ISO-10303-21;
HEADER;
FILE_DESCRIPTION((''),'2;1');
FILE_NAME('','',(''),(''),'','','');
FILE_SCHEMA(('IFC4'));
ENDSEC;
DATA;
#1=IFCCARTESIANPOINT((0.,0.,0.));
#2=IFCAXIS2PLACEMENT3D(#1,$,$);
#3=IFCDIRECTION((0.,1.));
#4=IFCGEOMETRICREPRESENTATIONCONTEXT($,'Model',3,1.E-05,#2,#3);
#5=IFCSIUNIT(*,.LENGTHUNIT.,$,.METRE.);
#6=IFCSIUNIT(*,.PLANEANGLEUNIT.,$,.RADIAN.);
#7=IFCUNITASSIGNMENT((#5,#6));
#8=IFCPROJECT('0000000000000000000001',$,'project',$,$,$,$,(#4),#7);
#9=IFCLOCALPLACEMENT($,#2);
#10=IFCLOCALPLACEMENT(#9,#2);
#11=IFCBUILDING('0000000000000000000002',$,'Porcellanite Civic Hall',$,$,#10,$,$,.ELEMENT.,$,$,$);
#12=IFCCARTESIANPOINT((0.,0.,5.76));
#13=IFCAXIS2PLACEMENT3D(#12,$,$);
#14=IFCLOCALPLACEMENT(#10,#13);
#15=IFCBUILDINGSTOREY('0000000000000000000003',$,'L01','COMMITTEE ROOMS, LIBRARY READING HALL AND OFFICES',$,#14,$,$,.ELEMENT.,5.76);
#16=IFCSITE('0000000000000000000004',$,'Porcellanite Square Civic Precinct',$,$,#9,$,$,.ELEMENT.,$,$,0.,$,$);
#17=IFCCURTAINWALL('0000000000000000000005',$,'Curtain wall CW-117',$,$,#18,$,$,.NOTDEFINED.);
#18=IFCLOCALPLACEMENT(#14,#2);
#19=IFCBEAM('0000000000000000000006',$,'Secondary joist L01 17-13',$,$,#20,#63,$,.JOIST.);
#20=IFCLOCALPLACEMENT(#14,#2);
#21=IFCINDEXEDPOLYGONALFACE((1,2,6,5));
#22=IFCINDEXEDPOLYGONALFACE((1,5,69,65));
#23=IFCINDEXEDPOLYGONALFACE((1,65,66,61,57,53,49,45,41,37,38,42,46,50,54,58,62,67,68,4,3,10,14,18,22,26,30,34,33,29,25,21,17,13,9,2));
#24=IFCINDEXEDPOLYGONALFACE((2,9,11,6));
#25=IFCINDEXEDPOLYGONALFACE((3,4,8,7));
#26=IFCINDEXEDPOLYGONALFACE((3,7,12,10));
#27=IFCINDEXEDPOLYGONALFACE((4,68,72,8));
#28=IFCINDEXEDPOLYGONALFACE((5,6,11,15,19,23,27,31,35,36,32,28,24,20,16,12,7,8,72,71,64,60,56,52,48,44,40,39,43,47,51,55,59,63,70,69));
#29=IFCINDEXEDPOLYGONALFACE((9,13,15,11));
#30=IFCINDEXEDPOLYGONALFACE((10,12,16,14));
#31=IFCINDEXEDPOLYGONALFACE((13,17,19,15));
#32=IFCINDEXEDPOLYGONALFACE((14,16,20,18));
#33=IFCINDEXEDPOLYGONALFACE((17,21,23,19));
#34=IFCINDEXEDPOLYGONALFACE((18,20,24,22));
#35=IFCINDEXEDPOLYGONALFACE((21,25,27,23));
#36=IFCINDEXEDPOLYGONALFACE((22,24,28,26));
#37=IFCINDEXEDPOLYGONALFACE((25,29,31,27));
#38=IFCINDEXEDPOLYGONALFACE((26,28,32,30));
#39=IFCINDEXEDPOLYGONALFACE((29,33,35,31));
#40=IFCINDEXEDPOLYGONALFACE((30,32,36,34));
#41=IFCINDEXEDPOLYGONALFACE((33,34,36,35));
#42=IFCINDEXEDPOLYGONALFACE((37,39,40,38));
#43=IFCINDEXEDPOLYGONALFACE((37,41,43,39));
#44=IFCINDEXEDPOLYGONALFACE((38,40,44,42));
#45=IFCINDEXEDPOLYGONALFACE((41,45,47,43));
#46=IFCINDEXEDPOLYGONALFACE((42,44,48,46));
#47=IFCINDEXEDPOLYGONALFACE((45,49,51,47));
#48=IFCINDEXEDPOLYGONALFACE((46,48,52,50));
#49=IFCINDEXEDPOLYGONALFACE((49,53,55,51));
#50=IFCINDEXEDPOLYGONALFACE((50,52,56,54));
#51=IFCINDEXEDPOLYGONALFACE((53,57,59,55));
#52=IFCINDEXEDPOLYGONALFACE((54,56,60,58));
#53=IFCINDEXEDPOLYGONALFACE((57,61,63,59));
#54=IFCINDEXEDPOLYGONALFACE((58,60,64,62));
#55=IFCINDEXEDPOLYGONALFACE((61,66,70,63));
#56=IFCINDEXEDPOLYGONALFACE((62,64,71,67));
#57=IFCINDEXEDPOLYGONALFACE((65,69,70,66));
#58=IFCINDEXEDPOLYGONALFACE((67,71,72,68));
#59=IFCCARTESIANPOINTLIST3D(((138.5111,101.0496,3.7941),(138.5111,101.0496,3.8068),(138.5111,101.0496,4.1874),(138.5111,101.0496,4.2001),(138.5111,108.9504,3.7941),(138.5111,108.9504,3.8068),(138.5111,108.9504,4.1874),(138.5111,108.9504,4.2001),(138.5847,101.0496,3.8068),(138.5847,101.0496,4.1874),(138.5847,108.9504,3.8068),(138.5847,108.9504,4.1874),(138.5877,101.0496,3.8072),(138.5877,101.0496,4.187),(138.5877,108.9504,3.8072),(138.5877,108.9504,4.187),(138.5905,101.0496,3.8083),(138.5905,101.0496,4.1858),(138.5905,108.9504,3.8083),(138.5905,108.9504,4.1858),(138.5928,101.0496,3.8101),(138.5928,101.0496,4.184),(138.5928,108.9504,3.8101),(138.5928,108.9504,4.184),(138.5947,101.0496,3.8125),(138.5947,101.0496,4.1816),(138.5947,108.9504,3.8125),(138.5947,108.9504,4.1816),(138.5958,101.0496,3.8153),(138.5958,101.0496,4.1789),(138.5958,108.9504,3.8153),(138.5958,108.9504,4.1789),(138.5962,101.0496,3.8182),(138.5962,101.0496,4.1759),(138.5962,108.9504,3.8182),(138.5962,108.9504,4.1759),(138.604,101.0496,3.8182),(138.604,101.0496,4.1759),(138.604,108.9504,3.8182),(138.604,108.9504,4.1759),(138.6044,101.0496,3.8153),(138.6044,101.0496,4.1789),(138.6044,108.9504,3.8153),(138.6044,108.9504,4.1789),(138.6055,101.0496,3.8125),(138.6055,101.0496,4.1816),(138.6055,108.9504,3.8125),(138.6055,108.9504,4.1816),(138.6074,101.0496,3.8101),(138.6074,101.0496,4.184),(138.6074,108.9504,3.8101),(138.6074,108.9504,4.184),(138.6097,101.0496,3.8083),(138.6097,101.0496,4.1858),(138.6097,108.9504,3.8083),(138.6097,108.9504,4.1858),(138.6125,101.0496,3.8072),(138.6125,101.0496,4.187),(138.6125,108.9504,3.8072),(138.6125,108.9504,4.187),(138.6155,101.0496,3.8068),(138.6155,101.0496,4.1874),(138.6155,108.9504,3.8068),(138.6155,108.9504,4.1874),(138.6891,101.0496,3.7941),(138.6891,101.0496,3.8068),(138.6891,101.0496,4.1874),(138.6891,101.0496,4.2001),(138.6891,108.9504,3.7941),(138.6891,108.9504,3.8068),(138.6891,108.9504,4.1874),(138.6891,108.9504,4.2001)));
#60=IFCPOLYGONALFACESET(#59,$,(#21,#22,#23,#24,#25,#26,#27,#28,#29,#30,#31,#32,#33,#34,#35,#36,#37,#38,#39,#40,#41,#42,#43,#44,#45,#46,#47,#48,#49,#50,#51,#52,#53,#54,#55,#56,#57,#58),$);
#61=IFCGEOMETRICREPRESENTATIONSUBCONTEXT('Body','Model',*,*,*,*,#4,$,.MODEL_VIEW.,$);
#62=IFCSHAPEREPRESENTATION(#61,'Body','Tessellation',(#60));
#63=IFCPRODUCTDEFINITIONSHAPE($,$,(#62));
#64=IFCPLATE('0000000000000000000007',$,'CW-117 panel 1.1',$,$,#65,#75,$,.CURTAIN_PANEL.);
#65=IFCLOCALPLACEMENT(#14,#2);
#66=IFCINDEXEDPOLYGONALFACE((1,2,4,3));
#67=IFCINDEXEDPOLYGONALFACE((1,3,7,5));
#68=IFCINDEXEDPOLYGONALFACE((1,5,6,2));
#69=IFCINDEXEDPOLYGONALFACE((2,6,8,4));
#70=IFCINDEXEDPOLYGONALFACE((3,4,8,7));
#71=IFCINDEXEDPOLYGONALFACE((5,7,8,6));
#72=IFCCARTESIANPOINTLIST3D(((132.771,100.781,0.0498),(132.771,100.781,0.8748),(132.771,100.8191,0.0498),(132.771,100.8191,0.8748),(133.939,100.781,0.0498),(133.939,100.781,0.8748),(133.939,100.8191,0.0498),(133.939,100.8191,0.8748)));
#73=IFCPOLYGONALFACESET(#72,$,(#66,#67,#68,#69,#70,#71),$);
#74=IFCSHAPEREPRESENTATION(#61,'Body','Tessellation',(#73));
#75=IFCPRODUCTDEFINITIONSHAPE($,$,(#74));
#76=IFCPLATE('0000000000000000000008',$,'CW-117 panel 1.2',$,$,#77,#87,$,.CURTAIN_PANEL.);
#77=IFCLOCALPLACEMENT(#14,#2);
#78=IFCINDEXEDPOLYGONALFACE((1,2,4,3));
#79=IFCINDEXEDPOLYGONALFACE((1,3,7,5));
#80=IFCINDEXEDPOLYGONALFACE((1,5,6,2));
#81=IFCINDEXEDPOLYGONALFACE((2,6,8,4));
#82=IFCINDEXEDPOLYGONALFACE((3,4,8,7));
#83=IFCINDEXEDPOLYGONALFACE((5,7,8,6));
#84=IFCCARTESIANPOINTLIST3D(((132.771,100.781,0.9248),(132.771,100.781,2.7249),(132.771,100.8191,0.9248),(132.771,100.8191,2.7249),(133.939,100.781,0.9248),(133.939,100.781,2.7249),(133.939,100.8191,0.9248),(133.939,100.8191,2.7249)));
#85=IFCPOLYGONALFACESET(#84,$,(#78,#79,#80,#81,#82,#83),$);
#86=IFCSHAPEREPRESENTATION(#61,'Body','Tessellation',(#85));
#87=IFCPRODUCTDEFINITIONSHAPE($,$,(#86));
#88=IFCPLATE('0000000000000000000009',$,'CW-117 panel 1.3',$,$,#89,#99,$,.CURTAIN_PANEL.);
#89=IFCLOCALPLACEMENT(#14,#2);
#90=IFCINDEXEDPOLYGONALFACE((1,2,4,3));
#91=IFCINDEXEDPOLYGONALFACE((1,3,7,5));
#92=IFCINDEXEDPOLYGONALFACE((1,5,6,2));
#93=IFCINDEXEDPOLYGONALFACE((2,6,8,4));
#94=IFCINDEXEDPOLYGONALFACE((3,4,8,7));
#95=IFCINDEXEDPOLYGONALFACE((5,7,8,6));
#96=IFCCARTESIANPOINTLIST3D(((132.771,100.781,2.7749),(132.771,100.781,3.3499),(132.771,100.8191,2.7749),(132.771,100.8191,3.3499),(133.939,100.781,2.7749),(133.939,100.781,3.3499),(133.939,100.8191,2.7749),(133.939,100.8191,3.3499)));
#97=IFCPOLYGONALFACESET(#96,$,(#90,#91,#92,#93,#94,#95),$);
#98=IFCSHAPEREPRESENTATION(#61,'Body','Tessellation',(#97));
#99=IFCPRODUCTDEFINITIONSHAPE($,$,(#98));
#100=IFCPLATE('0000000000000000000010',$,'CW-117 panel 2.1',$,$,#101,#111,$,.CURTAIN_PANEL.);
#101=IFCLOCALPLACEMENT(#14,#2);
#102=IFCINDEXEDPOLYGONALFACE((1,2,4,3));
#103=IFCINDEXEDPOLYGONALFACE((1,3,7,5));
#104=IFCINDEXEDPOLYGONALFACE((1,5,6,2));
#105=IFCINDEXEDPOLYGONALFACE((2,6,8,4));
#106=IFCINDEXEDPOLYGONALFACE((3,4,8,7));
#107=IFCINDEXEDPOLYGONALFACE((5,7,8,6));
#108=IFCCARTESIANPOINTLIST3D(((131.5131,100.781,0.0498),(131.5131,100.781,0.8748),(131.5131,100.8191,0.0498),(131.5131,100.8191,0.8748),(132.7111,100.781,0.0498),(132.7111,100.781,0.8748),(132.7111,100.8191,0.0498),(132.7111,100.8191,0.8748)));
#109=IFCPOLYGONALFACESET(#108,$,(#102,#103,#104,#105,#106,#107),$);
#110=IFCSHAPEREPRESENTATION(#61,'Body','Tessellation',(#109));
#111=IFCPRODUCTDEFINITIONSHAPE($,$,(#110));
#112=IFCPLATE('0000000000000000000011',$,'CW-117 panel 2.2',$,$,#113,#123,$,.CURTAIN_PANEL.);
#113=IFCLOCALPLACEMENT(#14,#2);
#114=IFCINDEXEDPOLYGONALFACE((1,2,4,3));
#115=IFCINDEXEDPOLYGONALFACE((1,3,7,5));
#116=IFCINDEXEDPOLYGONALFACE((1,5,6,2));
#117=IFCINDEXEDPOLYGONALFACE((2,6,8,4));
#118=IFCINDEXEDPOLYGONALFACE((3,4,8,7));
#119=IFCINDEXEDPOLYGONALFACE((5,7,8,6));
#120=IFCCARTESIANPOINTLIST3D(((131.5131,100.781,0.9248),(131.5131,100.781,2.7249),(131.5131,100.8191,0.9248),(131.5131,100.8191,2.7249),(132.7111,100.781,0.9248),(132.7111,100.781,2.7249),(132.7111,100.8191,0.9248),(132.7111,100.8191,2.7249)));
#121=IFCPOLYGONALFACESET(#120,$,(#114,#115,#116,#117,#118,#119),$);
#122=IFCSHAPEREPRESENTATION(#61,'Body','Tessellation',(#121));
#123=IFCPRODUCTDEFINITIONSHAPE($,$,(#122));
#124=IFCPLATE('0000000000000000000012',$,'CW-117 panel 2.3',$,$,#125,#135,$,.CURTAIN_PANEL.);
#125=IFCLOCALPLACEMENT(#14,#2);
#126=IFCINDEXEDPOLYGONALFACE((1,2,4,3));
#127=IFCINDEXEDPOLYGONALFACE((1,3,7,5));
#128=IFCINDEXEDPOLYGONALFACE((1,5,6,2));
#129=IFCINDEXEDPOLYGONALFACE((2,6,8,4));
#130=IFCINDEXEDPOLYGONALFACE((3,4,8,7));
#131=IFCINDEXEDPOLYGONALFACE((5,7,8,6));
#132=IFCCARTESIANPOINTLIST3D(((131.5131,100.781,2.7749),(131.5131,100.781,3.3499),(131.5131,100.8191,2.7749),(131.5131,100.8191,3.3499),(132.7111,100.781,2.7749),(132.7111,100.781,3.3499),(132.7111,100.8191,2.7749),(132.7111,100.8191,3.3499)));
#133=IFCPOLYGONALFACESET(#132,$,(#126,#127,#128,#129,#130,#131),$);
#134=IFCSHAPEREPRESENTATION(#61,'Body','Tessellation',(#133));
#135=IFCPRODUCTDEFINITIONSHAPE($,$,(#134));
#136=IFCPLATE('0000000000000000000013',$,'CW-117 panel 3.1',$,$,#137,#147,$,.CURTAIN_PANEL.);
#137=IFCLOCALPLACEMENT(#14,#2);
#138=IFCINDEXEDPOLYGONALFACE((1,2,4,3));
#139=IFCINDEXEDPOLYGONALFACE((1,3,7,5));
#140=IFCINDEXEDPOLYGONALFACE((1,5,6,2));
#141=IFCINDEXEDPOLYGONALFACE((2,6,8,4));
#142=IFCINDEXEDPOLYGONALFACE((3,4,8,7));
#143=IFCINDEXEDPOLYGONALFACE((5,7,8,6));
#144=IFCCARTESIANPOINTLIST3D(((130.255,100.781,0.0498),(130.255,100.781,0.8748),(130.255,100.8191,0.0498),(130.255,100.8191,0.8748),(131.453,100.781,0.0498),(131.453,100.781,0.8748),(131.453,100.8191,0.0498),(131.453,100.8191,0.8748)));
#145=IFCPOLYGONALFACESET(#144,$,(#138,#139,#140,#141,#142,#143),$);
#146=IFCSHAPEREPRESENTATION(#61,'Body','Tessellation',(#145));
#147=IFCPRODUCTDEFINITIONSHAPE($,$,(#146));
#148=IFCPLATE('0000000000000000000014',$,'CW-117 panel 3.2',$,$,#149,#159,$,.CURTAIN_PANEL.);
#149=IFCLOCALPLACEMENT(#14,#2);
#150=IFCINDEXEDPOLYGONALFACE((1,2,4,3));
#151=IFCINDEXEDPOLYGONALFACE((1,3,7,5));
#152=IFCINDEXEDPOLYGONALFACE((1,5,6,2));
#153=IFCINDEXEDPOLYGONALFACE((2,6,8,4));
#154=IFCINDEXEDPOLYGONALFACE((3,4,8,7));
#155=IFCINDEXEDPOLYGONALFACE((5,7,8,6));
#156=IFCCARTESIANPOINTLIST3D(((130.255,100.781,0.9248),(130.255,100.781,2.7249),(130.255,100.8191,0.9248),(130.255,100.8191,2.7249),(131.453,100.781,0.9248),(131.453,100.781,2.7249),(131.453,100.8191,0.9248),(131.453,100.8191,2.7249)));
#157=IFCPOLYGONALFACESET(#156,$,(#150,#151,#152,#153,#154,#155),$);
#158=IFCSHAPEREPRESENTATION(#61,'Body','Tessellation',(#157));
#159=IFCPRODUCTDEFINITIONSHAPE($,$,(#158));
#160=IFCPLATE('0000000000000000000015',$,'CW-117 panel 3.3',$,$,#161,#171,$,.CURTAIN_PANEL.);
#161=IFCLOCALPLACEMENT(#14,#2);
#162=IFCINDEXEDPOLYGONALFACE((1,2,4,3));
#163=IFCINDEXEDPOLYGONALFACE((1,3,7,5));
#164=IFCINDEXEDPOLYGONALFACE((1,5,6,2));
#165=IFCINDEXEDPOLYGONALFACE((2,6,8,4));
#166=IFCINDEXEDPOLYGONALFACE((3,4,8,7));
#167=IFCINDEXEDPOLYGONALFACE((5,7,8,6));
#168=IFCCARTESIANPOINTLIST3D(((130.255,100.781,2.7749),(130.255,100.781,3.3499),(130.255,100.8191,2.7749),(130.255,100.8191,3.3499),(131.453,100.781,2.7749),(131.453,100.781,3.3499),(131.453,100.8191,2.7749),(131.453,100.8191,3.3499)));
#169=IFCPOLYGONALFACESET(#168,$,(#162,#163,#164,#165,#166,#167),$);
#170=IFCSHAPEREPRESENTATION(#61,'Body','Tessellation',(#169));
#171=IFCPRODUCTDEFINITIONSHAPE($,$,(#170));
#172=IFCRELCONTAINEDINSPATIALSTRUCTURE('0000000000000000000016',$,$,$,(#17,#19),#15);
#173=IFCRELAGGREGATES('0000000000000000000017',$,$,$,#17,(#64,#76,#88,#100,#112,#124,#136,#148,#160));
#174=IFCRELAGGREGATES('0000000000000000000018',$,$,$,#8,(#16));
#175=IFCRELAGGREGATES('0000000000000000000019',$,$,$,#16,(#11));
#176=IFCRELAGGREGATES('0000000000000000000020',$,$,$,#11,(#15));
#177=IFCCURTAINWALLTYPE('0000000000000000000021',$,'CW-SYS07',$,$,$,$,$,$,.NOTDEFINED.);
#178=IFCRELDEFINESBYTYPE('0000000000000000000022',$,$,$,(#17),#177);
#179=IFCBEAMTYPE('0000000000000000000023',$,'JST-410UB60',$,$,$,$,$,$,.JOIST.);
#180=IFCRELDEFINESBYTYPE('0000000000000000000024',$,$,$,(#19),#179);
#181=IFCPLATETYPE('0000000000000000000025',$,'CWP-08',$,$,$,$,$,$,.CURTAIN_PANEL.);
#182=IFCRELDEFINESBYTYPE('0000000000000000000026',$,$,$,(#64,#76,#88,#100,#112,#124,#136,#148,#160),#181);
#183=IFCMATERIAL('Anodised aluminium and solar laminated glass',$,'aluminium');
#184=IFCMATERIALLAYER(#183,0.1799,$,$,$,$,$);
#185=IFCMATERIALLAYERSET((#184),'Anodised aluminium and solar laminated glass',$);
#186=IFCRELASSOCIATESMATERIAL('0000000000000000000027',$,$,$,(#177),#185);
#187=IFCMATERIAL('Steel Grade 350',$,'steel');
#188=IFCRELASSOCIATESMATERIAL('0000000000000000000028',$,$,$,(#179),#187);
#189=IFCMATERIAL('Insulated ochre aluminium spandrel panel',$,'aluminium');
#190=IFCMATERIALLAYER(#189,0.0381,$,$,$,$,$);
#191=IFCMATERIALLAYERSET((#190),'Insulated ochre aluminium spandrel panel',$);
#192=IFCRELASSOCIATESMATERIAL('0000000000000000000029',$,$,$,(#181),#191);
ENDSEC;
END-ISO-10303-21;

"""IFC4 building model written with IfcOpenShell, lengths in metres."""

from ifc_helpers import new_model, si_unit, direction, frame, origin, origin_2d, place, context, subcontext, project, spatial, rectangle, i_section, extrude, material, layer, layer_set, material_profile, profile_set, type_object, element, aggregate, save


model = new_model("IFC4")

# Units and contexts
model_context = context("Model", 3, precision=1e-05, world=origin(), true_north=direction((0.0, 1.0)))
body_context = subcontext(model_context, "Body", "Model", "MODEL_VIEW")
ifc_project = project(units=[si_unit("LENGTHUNIT", "METRE"), si_unit("PLANEANGLEUNIT", "RADIAN")], contexts=[model_context])

# Site, building, storey
site_placement = place(None, origin())
site = spatial("IfcSite", under=ifc_project, at=site_placement, Name="Porcellanite Square Civic Precinct", CompositionType="ELEMENT", RefElevation=0.0)
building_placement = place(site_placement, origin())
building = spatial("IfcBuilding", under=site, at=building_placement, Name="Porcellanite Civic Hall", CompositionType="ELEMENT")
storey_placement = place(building_placement, frame((0.0, 0.0, 5.76)))
storey = spatial("IfcBuildingStorey", under=building, at=storey_placement, Name="L01", Description="COMMITTEE ROOMS, LIBRARY READING HALL AND OFFICES", CompositionType="ELEMENT", Elevation=5.76)

# Curtain wall
ifc_material_1 = material(Name="Anodised aluminium and solar laminated glass", Category="aluminium")
ifc_layer_1 = layer(ifc_material_1, 0.1799)
ifc_layer_set_1 = layer_set([ifc_layer_1], Name="Anodised aluminium and solar laminated glass")
curtain_wall_type_1 = type_object("IfcCurtainWallType", Name="CW-SYS07", PredefinedType="NOTDEFINED", material=ifc_layer_set_1)
curtain_wall_1_placement = place(storey_placement, origin())
curtain_wall_1 = element("IfcCurtainWall", 1, at=curtain_wall_1_placement, inside=storey, type_object=curtain_wall_type_1, Name="Curtain wall CW-117", PredefinedType="NOTDEFINED")

# Beam
ifc_material_2 = material(Name="Steel Grade 350", Category="steel")
ifc_material_profile_1 = material_profile(ifc_material_2, i_section(OverallWidth=0.178, OverallDepth=0.406, WebThickness=0.0078, FlangeThickness=0.0127, FilletRadius=0.0115, at=origin_2d()), Name="410UB59.7")
ifc_profile_set_1 = profile_set([ifc_material_profile_1], Name="Steel Grade 350")
beam_type_1 = type_object("IfcBeamType", Name="JST-410UB60", PredefinedType="JOIST", material=ifc_profile_set_1)
beam_1_placement = place(storey_placement, frame((138.6001, 101.0496, 3.9971), z_axis=(0.0, 1.0, 0.0), x_axis=(-1.0, 0.0, 0.0)))
element("IfcBeam", 2, at=beam_1_placement, inside=storey, type_object=beam_type_1, Name="Secondary joist L01 17-13", PredefinedType="JOIST", context=body_context, shape_type="SweptSolid", body=[
    extrude(i_section(OverallWidth=0.178, OverallDepth=0.406, WebThickness=0.0078, FlangeThickness=0.0127, FilletRadius=0.0115, at=origin_2d()), origin(), (0.0, 0.0, 1.0), 7.9009),
])

# Plates
ifc_material_3 = material(Name="Insulated ochre aluminium spandrel panel", Category="aluminium")
ifc_layer_2 = layer(ifc_material_3, 0.0381)
ifc_layer_set_2 = layer_set([ifc_layer_2], Name="Insulated ochre aluminium spandrel panel")
plate_type = type_object("IfcPlateType", Name="CWP-08", PredefinedType="CURTAIN_PANEL", material=ifc_layer_set_2)
plate_1_placement = place(storey_placement, frame((133.355, 100.8, 0.0498), z_axis=(0.0, 0.0, 1.0), x_axis=(-1.0, 0.0, 0.0)))
plate_1 = element("IfcPlate", 3, at=plate_1_placement, type_object=plate_type, Name="CW-117 panel 1.1", PredefinedType="CURTAIN_PANEL", context=body_context, shape_type="SweptSolid", body=[
    extrude(rectangle(XDim=1.168, YDim=0.0381, at=origin_2d()), origin(), (0.0, 0.0, 1.0), 0.825),
])
plate_2_placement = place(storey_placement, frame((133.355, 100.8, 0.9248), z_axis=(0.0, 0.0, 1.0), x_axis=(-1.0, 0.0, 0.0)))
plate_2 = element("IfcPlate", 4, at=plate_2_placement, type_object=plate_type, Name="CW-117 panel 1.2", PredefinedType="CURTAIN_PANEL", context=body_context, shape_type="SweptSolid", body=[
    extrude(rectangle(XDim=1.168, YDim=0.0381, at=origin_2d()), origin(), (0.0, 0.0, 1.0), 1.8),
])
plate_3_placement = place(storey_placement, frame((133.355, 100.8, 2.7749), z_axis=(0.0, 0.0, 1.0), x_axis=(-1.0, 0.0, 0.0)))
plate_3 = element("IfcPlate", 5, at=plate_3_placement, type_object=plate_type, Name="CW-117 panel 1.3", PredefinedType="CURTAIN_PANEL", context=body_context, shape_type="SweptSolid", body=[
    extrude(rectangle(XDim=1.168, YDim=0.0381, at=origin_2d()), origin(), (0.0, 0.0, 1.0), 0.575),
])
plate_4_placement = place(storey_placement, frame((132.1121, 100.8, 0.0498), z_axis=(0.0, 0.0, 1.0), x_axis=(-1.0, 0.0, 0.0)))
plate_4 = element("IfcPlate", 6, at=plate_4_placement, type_object=plate_type, Name="CW-117 panel 2.1", PredefinedType="CURTAIN_PANEL", context=body_context, shape_type="SweptSolid", body=[
    extrude(rectangle(XDim=1.198, YDim=0.0381, at=origin_2d()), origin(), (0.0, 0.0, 1.0), 0.825),
])
plate_5_placement = place(storey_placement, frame((132.1121, 100.8, 0.9248), z_axis=(0.0, 0.0, 1.0), x_axis=(-1.0, 0.0, 0.0)))
plate_5 = element("IfcPlate", 7, at=plate_5_placement, type_object=plate_type, Name="CW-117 panel 2.2", PredefinedType="CURTAIN_PANEL", context=body_context, shape_type="SweptSolid", body=[
    extrude(rectangle(XDim=1.198, YDim=0.0381, at=origin_2d()), origin(), (0.0, 0.0, 1.0), 1.8),
])
plate_6_placement = place(storey_placement, frame((132.1121, 100.8, 2.7749), z_axis=(0.0, 0.0, 1.0), x_axis=(-1.0, 0.0, 0.0)))
plate_6 = element("IfcPlate", 8, at=plate_6_placement, type_object=plate_type, Name="CW-117 panel 2.3", PredefinedType="CURTAIN_PANEL", context=body_context, shape_type="SweptSolid", body=[
    extrude(rectangle(XDim=1.198, YDim=0.0381, at=origin_2d()), origin(), (0.0, 0.0, 1.0), 0.575),
])
plate_7_placement = place(storey_placement, frame((130.854, 100.8, 0.0498), z_axis=(0.0, 0.0, 1.0), x_axis=(-1.0, 0.0, 0.0)))
plate_7 = element("IfcPlate", 9, at=plate_7_placement, type_object=plate_type, Name="CW-117 panel 3.1", PredefinedType="CURTAIN_PANEL", context=body_context, shape_type="SweptSolid", body=[
    extrude(rectangle(XDim=1.198, YDim=0.0381, at=origin_2d()), origin(), (0.0, 0.0, 1.0), 0.825),
])
plate_8_placement = place(storey_placement, frame((130.854, 100.8, 0.9248), z_axis=(0.0, 0.0, 1.0), x_axis=(-1.0, 0.0, 0.0)))
plate_8 = element("IfcPlate", 10, at=plate_8_placement, type_object=plate_type, Name="CW-117 panel 3.2", PredefinedType="CURTAIN_PANEL", context=body_context, shape_type="SweptSolid", body=[
    extrude(rectangle(XDim=1.198, YDim=0.0381, at=origin_2d()), origin(), (0.0, 0.0, 1.0), 1.8),
])
plate_9_placement = place(storey_placement, frame((130.854, 100.8, 2.7749), z_axis=(0.0, 0.0, 1.0), x_axis=(-1.0, 0.0, 0.0)))
plate_9 = element("IfcPlate", 11, at=plate_9_placement, type_object=plate_type, Name="CW-117 panel 3.3", PredefinedType="CURTAIN_PANEL", context=body_context, shape_type="SweptSolid", body=[
    extrude(rectangle(XDim=1.198, YDim=0.0381, at=origin_2d()), origin(), (0.0, 0.0, 1.0), 0.575),
])
aggregate(curtain_wall_1, [plate_1, plate_2, plate_3, plate_4, plate_5, plate_6, plate_7, plate_8, plate_9])

save(model, "model.ifc")
